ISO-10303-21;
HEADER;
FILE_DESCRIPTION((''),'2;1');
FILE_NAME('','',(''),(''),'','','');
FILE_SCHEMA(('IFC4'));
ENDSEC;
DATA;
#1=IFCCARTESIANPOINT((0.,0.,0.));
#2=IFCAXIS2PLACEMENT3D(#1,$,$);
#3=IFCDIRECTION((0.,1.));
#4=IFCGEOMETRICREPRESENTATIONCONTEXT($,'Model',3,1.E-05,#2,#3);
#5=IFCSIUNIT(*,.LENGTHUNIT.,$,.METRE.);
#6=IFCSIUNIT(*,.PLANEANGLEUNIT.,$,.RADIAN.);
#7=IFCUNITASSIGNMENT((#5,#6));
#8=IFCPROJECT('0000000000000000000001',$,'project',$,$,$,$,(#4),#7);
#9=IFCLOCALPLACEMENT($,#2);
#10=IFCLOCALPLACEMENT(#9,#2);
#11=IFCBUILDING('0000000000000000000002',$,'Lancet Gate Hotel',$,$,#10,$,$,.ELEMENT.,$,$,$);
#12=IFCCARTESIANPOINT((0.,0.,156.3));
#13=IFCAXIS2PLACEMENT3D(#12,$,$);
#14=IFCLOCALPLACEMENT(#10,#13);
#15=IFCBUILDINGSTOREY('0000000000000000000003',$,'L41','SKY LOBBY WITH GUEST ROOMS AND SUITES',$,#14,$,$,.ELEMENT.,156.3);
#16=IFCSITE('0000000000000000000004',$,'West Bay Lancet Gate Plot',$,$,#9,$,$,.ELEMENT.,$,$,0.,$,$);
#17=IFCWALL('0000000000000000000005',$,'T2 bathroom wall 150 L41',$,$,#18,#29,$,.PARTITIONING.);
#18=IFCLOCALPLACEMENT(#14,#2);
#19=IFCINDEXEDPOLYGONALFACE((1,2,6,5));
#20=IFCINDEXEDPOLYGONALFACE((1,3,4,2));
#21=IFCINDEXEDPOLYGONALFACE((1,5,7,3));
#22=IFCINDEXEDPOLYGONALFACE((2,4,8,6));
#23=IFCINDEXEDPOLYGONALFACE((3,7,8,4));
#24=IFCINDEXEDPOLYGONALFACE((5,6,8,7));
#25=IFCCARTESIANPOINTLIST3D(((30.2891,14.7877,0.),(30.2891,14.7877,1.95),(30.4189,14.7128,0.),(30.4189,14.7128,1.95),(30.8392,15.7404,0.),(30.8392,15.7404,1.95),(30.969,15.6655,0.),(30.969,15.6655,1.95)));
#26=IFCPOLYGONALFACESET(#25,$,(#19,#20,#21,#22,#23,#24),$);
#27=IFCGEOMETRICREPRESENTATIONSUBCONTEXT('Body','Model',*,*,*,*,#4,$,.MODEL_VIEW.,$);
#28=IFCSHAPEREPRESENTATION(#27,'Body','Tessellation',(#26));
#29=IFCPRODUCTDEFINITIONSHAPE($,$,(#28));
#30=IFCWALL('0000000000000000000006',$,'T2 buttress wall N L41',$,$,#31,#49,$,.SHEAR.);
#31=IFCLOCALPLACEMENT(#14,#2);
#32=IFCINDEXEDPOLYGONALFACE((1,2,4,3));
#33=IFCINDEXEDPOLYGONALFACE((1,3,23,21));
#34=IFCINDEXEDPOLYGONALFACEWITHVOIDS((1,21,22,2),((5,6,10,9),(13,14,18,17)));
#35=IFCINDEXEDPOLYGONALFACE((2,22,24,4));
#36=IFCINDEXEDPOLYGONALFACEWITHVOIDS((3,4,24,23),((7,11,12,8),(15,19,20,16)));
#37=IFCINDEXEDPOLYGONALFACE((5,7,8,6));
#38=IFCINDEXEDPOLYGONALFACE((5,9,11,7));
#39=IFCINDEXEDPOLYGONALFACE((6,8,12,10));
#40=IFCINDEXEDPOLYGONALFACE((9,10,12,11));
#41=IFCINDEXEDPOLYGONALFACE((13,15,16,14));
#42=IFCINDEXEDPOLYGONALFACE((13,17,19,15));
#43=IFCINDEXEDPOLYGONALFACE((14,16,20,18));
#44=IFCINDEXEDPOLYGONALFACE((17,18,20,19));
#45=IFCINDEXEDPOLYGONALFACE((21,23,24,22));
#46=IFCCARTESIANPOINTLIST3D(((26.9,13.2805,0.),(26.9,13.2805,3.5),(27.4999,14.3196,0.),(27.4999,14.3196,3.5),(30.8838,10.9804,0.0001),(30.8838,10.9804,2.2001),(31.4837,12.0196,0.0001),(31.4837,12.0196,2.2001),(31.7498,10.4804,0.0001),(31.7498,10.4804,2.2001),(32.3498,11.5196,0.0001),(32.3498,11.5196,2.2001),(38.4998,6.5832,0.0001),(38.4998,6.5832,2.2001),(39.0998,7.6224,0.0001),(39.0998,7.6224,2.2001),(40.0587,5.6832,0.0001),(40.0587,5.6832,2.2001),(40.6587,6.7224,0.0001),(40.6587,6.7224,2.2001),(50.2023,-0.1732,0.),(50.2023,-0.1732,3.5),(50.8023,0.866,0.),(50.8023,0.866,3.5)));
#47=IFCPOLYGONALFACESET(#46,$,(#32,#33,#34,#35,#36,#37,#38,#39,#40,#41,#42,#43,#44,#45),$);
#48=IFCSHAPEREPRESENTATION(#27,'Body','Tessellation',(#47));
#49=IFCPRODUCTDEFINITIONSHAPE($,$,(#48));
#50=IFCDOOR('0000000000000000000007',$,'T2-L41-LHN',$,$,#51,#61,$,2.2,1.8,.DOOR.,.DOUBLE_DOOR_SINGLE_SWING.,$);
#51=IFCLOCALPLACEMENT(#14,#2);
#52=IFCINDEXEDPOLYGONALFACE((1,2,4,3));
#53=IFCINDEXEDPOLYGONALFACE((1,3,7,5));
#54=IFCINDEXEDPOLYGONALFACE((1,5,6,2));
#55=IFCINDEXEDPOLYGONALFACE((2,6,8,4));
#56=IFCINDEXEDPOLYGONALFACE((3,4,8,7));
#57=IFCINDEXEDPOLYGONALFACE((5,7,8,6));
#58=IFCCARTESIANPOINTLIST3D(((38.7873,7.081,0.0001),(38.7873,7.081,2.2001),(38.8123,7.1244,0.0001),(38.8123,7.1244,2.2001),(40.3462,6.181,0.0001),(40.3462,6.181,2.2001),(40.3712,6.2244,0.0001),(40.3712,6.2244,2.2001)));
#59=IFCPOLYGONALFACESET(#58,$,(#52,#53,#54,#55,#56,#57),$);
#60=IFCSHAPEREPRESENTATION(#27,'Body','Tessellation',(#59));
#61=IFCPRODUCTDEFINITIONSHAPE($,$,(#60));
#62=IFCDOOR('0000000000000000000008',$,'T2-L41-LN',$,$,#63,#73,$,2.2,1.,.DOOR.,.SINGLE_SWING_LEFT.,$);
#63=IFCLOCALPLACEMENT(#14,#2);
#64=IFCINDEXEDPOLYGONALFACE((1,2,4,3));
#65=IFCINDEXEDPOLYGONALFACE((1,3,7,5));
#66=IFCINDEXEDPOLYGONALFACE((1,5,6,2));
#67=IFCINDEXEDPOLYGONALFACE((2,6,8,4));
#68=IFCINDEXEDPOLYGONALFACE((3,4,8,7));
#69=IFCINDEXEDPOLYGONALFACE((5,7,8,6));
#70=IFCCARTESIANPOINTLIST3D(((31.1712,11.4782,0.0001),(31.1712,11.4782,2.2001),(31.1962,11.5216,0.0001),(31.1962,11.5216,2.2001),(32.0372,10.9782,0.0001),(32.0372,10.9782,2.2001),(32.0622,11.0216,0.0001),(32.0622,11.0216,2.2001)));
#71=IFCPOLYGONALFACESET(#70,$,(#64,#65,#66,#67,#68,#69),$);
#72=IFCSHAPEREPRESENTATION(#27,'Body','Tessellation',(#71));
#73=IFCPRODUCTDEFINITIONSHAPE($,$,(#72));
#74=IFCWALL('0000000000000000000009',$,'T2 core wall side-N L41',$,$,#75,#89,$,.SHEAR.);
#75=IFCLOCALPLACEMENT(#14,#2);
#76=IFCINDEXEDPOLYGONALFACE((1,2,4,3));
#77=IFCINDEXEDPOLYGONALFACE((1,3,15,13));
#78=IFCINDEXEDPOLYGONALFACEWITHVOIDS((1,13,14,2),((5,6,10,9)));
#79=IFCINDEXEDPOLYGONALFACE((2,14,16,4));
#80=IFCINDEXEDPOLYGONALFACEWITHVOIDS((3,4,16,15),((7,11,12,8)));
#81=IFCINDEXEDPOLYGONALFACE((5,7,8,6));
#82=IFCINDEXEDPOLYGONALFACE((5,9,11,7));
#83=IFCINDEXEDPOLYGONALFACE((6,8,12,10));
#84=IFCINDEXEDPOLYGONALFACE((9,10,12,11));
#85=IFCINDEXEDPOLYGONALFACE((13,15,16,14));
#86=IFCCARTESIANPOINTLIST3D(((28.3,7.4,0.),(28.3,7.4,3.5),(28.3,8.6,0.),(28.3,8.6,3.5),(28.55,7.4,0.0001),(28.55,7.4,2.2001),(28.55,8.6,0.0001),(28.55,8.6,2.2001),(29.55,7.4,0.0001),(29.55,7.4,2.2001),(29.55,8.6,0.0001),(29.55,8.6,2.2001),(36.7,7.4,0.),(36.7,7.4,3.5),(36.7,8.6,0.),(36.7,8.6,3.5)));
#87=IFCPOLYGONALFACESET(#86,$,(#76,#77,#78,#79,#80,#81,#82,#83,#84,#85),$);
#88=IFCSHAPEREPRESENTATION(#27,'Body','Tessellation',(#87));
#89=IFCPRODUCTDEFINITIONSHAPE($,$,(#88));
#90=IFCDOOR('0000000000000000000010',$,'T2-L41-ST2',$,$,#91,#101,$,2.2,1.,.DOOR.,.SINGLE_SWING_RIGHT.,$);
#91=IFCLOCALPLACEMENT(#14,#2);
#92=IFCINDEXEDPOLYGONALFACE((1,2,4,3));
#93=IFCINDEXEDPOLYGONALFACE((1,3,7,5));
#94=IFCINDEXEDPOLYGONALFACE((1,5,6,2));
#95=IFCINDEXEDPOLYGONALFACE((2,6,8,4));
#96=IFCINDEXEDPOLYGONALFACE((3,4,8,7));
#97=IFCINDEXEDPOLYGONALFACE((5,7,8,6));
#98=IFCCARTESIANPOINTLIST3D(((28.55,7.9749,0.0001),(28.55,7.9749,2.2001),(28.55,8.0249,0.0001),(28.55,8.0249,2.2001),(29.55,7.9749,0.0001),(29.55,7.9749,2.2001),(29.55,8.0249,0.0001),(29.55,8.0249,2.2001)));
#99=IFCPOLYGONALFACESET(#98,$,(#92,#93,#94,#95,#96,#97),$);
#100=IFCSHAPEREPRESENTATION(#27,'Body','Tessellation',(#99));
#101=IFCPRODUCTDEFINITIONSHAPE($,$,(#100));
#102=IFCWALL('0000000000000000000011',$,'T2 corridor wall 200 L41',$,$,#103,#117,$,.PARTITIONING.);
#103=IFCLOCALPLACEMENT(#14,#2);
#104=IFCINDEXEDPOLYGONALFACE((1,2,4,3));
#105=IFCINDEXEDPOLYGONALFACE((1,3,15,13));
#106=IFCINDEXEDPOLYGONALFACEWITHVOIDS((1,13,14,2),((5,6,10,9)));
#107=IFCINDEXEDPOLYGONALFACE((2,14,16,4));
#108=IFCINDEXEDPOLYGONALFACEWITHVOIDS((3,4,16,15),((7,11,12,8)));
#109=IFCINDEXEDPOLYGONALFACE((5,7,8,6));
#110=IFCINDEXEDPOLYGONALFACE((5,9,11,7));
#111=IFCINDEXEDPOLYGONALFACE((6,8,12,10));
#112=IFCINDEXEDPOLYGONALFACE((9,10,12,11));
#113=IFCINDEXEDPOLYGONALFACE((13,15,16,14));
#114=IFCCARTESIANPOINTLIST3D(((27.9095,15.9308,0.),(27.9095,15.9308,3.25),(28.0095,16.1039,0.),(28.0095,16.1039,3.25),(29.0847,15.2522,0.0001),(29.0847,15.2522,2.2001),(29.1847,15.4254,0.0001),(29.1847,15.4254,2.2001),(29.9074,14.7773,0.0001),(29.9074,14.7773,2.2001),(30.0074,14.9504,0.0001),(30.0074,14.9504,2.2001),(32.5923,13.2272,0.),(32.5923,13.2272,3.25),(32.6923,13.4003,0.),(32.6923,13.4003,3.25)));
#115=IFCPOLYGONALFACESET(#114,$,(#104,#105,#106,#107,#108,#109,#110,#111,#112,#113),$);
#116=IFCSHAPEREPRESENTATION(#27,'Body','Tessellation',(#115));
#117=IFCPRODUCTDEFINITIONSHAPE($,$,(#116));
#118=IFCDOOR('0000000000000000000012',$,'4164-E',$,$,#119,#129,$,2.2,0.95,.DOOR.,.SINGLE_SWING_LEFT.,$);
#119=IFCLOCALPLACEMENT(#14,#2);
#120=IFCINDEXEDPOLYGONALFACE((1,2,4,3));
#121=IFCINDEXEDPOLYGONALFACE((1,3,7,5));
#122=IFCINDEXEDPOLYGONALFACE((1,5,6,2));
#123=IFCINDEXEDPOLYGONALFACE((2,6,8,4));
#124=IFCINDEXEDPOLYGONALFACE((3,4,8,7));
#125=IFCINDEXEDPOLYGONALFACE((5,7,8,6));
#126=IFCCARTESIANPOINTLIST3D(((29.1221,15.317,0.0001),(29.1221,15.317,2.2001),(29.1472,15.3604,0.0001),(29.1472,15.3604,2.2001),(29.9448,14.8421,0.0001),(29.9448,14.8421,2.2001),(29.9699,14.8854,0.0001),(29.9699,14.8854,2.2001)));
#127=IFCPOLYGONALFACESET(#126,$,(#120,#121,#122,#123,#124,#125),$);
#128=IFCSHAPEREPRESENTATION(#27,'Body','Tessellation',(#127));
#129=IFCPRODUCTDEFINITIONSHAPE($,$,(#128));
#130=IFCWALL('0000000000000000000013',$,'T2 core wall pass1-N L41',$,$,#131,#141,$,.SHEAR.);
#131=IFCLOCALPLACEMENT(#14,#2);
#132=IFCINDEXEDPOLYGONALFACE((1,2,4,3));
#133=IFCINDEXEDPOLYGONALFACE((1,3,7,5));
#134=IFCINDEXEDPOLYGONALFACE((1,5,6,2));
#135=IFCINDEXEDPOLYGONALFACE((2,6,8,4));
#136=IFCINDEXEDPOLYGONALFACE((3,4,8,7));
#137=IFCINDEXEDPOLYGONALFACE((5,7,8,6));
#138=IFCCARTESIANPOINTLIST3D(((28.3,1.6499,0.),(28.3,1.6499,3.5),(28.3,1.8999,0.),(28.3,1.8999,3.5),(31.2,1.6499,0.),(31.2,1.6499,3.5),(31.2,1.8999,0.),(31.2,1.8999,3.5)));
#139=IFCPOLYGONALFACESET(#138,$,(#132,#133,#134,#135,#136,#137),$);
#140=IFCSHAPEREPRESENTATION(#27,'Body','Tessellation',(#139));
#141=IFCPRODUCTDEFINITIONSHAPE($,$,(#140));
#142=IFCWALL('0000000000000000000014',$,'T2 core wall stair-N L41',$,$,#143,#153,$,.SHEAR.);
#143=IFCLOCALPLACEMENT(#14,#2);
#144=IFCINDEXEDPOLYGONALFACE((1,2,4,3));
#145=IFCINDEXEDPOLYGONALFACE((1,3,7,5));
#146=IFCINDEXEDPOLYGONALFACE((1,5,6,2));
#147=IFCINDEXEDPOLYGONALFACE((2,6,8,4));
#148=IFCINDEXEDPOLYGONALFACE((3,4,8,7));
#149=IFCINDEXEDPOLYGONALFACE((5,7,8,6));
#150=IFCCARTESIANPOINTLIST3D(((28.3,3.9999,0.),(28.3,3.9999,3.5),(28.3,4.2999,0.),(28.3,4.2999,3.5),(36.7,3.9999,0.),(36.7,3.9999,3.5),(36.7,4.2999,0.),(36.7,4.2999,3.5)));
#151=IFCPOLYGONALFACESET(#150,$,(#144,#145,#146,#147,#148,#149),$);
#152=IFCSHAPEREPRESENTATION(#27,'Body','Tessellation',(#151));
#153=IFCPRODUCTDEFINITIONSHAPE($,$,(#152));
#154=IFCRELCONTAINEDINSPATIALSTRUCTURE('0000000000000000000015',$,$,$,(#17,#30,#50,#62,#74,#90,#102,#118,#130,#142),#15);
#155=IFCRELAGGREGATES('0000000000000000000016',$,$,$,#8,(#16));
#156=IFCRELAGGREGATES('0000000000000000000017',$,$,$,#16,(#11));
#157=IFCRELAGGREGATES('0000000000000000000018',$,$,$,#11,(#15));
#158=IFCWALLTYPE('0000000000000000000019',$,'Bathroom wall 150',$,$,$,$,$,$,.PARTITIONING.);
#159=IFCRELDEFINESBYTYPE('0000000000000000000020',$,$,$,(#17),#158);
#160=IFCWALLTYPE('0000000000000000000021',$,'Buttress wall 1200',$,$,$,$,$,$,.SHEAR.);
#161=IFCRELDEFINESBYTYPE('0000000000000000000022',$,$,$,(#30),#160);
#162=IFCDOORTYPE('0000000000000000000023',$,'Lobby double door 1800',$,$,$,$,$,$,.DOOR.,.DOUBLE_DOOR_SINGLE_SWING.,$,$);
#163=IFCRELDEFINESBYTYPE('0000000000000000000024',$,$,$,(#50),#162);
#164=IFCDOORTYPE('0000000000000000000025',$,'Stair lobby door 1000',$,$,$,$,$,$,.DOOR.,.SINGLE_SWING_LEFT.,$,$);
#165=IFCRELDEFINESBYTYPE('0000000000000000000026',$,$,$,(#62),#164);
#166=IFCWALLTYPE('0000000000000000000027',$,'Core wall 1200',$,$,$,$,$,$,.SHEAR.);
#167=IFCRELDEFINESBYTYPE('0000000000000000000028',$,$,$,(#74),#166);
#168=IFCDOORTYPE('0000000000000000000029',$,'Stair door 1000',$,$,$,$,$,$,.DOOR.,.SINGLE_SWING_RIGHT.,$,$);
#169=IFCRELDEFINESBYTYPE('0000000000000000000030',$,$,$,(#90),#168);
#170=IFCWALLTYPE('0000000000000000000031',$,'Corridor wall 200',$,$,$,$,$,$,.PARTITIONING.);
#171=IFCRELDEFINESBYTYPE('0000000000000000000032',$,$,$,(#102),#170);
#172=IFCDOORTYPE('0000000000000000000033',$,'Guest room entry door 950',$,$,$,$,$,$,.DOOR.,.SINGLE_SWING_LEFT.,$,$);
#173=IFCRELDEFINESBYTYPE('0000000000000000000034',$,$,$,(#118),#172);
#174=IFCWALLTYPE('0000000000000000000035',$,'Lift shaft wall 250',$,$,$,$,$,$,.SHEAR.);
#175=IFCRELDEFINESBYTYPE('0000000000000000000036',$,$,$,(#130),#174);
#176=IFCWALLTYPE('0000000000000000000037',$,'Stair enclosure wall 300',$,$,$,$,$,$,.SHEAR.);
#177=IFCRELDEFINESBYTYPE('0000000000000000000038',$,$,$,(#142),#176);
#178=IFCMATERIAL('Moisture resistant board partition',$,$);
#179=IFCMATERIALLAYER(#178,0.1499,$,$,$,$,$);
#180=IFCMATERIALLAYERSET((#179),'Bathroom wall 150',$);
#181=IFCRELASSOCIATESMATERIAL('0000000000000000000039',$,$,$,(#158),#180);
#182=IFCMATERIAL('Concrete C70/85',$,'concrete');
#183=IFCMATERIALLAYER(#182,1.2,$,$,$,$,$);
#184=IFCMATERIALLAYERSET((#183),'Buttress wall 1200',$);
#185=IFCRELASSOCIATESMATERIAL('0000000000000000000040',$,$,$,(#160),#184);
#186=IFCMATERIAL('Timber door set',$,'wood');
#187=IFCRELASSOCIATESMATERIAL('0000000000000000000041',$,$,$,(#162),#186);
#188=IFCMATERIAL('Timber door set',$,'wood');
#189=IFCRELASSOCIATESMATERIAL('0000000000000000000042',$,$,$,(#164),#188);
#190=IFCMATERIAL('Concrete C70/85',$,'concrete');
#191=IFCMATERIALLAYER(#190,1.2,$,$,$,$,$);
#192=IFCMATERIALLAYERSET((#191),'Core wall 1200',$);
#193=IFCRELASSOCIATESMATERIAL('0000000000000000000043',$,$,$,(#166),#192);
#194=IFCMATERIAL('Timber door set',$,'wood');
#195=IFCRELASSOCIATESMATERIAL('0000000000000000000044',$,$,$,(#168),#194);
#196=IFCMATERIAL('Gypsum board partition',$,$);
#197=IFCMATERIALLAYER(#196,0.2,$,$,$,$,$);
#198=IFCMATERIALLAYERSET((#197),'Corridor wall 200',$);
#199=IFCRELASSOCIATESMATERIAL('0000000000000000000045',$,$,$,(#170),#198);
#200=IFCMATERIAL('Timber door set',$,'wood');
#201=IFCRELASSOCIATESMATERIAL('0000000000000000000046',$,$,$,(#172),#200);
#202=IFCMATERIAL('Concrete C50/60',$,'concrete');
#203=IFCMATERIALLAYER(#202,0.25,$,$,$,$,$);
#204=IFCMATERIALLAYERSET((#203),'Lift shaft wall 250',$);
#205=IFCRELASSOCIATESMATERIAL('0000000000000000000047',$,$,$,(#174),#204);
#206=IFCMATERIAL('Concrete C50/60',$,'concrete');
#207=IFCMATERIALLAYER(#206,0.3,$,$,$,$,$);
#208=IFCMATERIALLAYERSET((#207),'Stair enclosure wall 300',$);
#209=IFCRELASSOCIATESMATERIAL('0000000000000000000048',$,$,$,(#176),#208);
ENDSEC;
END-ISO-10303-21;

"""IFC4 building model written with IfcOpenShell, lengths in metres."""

from ifc_helpers import new_model, si_unit, direction, frame, frame_2d, origin, place, context, subcontext, project, spatial, rectangle, extrude, material, layer, layer_set, type_object, element, fill, save


model = new_model("IFC4")

# Units and contexts
model_context = context("Model", 3, precision=1e-05, world=origin(), true_north=direction((0.0, 1.0)))
body_context = subcontext(model_context, "Body", "Model", "MODEL_VIEW")
ifc_project = project(units=[si_unit("LENGTHUNIT", "METRE"), si_unit("PLANEANGLEUNIT", "RADIAN")], contexts=[model_context])

# Site, building, storey
site_placement = place(None, origin())
site = spatial("IfcSite", under=ifc_project, at=site_placement, Name="West Bay Lancet Gate Plot", CompositionType="ELEMENT", RefElevation=0.0)
building_placement = place(site_placement, origin())
building = spatial("IfcBuilding", under=site, at=building_placement, Name="Lancet Gate Hotel", CompositionType="ELEMENT")
storey_placement = place(building_placement, frame((0.0, 0.0, 156.3)))
storey = spatial("IfcBuildingStorey", under=building, at=storey_placement, Name="L41", Description="SKY LOBBY WITH GUEST ROOMS AND SUITES", CompositionType="ELEMENT", Elevation=156.3)

# Wall
ifc_material_1 = material(Name="Moisture resistant board partition")
ifc_layer_1 = layer(ifc_material_1, 0.1499)
ifc_layer_set_1 = layer_set([ifc_layer_1], Name="Bathroom wall 150")
wall_type_1 = type_object("IfcWallType", Name="Bathroom wall 150", PredefinedType="PARTITIONING", material=ifc_layer_set_1)
wall_1_placement = place(storey_placement, frame((30.354, 14.7502, 0.0), z_axis=(0.0, 0.0, 1.0), x_axis=(0.50003, 0.866008, 0.0)))
element("IfcWall", 1, at=wall_1_placement, inside=storey, type_object=wall_type_1, Name="T2 bathroom wall 150 L41", PredefinedType="PARTITIONING", context=body_context, shape_type="SweptSolid", body=[
    extrude(rectangle(XDim=1.1001, YDim=0.1499, at=frame_2d((0.55, 0.0))), origin(), (0.0, 0.0, 1.0), 1.95),
])

# Wall, openings, doors
ifc_material_2 = material(Name="Concrete C70/85", Category="concrete")
ifc_layer_2 = layer(ifc_material_2, 1.2)
ifc_layer_set_2 = layer_set([ifc_layer_2], Name="Buttress wall 1200")
wall_type_2 = type_object("IfcWallType", Name="Buttress wall 1200", PredefinedType="SHEAR", material=ifc_layer_set_2)
wall_2_placement = place(storey_placement, frame((27.2, 13.8, 0.0), z_axis=(0.0, 0.0, 1.0), x_axis=(0.866025, -0.500002, 0.0)))
wall_2 = element("IfcWall", 2, at=wall_2_placement, inside=storey, type_object=wall_type_2, Name="T2 buttress wall N L41", PredefinedType="SHEAR", context=body_context, shape_type="SweptSolid", body=[
    extrude(rectangle(XDim=26.9072, YDim=1.2, at=frame_2d((13.4536, 0.0))), origin(), (0.0, 0.0, 1.0), 3.5),
])
opening_1_placement = place(wall_2_placement, frame((4.6001, 0.0, 0.0)))
opening_1 = element("IfcOpeningElement", 3, at=opening_1_placement, cuts=wall_2, PredefinedType="OPENING", context=body_context, shape_type="SweptSolid", body=[
    extrude(rectangle(XDim=1.0, YDim=2.2, at=frame_2d((0.5, 1.1001))), frame((0.0, 0.6099, 0.0), z_axis=(0.0, -1.0, 0.0), x_axis=(1.0, 0.0, 0.0)), (0.0, 0.0, 1.0), 1.22),
])
opening_2_placement = place(wall_2_placement, frame((13.3945, 0.0, 0.0)))
opening_2 = element("IfcOpeningElement", 4, at=opening_2_placement, cuts=wall_2, PredefinedType="OPENING", context=body_context, shape_type="SweptSolid", body=[
    extrude(rectangle(XDim=1.8, YDim=2.2, at=frame_2d((0.8999, 1.1001))), frame((0.0, 0.6099, 0.0), z_axis=(0.0, -1.0, 0.0), x_axis=(1.0, 0.0, 0.0)), (0.0, 0.0, 1.0), 1.22),
])
ifc_material_3 = material(Name="Timber door set", Category="wood")
door_type_1 = type_object("IfcDoorType", Name="Lobby double door 1800", OperationType="DOUBLE_DOOR_SINGLE_SWING", PredefinedType="DOOR", material=ifc_material_3)
door_1_placement = place(opening_2_placement, origin())
door_1 = element("IfcDoor", 5, at=door_1_placement, inside=storey, type_object=door_type_1, Name="T2-L41-LHN", OperationType="DOUBLE_DOOR_SINGLE_SWING", OverallHeight=2.2, OverallWidth=1.8, PredefinedType="DOOR", context=body_context, shape_type="SweptSolid", body=[
    extrude(rectangle(XDim=1.8, YDim=2.2, at=frame_2d((0.8999, 1.1001))), frame((0.0, 0.0249, 0.0), z_axis=(0.0, -1.0, 0.0), x_axis=(1.0, 0.0, 0.0)), (0.0, 0.0, 1.0), 0.05),
])
fill(opening_2, door_1)
ifc_material_4 = material(Name="Timber door set", Category="wood")
door_type_2 = type_object("IfcDoorType", Name="Stair lobby door 1000", OperationType="SINGLE_SWING_LEFT", PredefinedType="DOOR", material=ifc_material_4)
door_2_placement = place(opening_1_placement, origin())
door_2 = element("IfcDoor", 6, at=door_2_placement, inside=storey, type_object=door_type_2, Name="T2-L41-LN", OperationType="SINGLE_SWING_LEFT", OverallHeight=2.2, OverallWidth=1.0, PredefinedType="DOOR", context=body_context, shape_type="SweptSolid", body=[
    extrude(rectangle(XDim=1.0, YDim=2.2, at=frame_2d((0.5, 1.1001))), frame((0.0, 0.0249, 0.0), z_axis=(0.0, -1.0, 0.0), x_axis=(1.0, 0.0, 0.0)), (0.0, 0.0, 1.0), 0.05),
])
fill(opening_1, door_2)

# Walls, openings, doors
ifc_material_5 = material(Name="Concrete C70/85", Category="concrete")
ifc_layer_3 = layer(ifc_material_5, 1.2)
ifc_layer_set_3 = layer_set([ifc_layer_3], Name="Core wall 1200")
wall_type_3 = type_object("IfcWallType", Name="Core wall 1200", PredefinedType="SHEAR", material=ifc_layer_set_3)
wall_3_placement = place(storey_placement, frame((28.3, 8.0, 0.0), z_axis=(0.0, 0.0, 1.0), x_axis=(1.0, 0.0, 0.0)))
wall_3 = element("IfcWall", 7, at=wall_3_placement, inside=storey, type_object=wall_type_3, Name="T2 core wall side-N L41", PredefinedType="SHEAR", context=body_context, shape_type="SweptSolid", body=[
    extrude(rectangle(XDim=8.3999, YDim=1.2, at=frame_2d((4.2, 0.0))), origin(), (0.0, 0.0, 1.0), 3.5),
])
opening_3_placement = place(wall_3_placement, frame((0.25, 0.0, 0.0)))
opening_3 = element("IfcOpeningElement", 8, at=opening_3_placement, cuts=wall_3, PredefinedType="OPENING", context=body_context, shape_type="SweptSolid", body=[
    extrude(rectangle(XDim=1.0, YDim=2.2, at=frame_2d((0.5, 1.1001))), frame((0.0, 0.6099, 0.0), z_axis=(0.0, -1.0, 0.0), x_axis=(1.0, 0.0, 0.0)), (0.0, 0.0, 1.0), 1.22),
])
ifc_material_6 = material(Name="Timber door set", Category="wood")
door_type_3 = type_object("IfcDoorType", Name="Stair door 1000", OperationType="SINGLE_SWING_RIGHT", PredefinedType="DOOR", material=ifc_material_6)
door_3_placement = place(opening_3_placement, origin())
door_3 = element("IfcDoor", 9, at=door_3_placement, inside=storey, type_object=door_type_3, Name="T2-L41-ST2", OperationType="SINGLE_SWING_RIGHT", OverallHeight=2.2, OverallWidth=1.0, PredefinedType="DOOR", context=body_context, shape_type="SweptSolid", body=[
    extrude(rectangle(XDim=1.0, YDim=2.2, at=frame_2d((0.5, 1.1001))), frame((0.0, 0.0249, 0.0), z_axis=(0.0, -1.0, 0.0), x_axis=(1.0, 0.0, 0.0)), (0.0, 0.0, 1.0), 0.05),
])
fill(opening_3, door_3)
ifc_material_7 = material(Name="Gypsum board partition")
ifc_layer_4 = layer(ifc_material_7, 0.2)
ifc_layer_set_4 = layer_set([ifc_layer_4], Name="Corridor wall 200")
wall_type_4 = type_object("IfcWallType", Name="Corridor wall 200", PredefinedType="PARTITIONING", material=ifc_layer_set_4)
wall_4_placement = place(storey_placement, frame((27.9595, 16.0173, 0.0), z_axis=(0.0, 0.0, 1.0), x_axis=(0.866028, -0.499995, 0.0)))
wall_4 = element("IfcWall", 10, at=wall_4_placement, inside=storey, type_object=wall_type_4, Name="T2 corridor wall 200 L41", PredefinedType="PARTITIONING", context=body_context, shape_type="SweptSolid", body=[
    extrude(rectangle(XDim=5.4072, YDim=0.2, at=frame_2d((2.7036, 0.0))), origin(), (0.0, 0.0, 1.0), 3.25),
])
opening_4_placement = place(wall_4_placement, frame((1.3569, 0.0, 0.0)))
opening_4 = element("IfcOpeningElement", 11, at=opening_4_placement, cuts=wall_4, PredefinedType="OPENING", context=body_context, shape_type="SweptSolid", body=[
    extrude(rectangle(XDim=0.95, YDim=2.2, at=frame_2d((0.4751, 1.1001))), frame((0.0, 0.1099, 0.0), z_axis=(0.0, -1.0, 0.0), x_axis=(1.0, 0.0, 0.0)), (0.0, 0.0, 1.0), 0.22),
])
ifc_material_8 = material(Name="Timber door set", Category="wood")
door_type_4 = type_object("IfcDoorType", Name="Guest room entry door 950", OperationType="SINGLE_SWING_LEFT", PredefinedType="DOOR", material=ifc_material_8)
door_4_placement = place(opening_4_placement, origin())
door_4 = element("IfcDoor", 12, at=door_4_placement, inside=storey, type_object=door_type_4, Name="4164-E", OperationType="SINGLE_SWING_LEFT", OverallHeight=2.2, OverallWidth=0.95, PredefinedType="DOOR", context=body_context, shape_type="SweptSolid", body=[
    extrude(rectangle(XDim=0.95, YDim=2.2, at=frame_2d((0.4751, 1.1001))), frame((0.0, 0.0249, 0.0), z_axis=(0.0, -1.0, 0.0), x_axis=(1.0, 0.0, 0.0)), (0.0, 0.0, 1.0), 0.05),
])
fill(opening_4, door_4)

# Walls
ifc_material_9 = material(Name="Concrete C50/60", Category="concrete")
ifc_layer_5 = layer(ifc_material_9, 0.25)
ifc_layer_set_5 = layer_set([ifc_layer_5], Name="Lift shaft wall 250")
wall_type_5 = type_object("IfcWallType", Name="Lift shaft wall 250", PredefinedType="SHEAR", material=ifc_layer_set_5)
wall_5_placement = place(storey_placement, frame((28.3, 1.7749, 0.0), z_axis=(0.0, 0.0, 1.0), x_axis=(1.0, 0.0, 0.0)))
element("IfcWall", 13, at=wall_5_placement, inside=storey, type_object=wall_type_5, Name="T2 core wall pass1-N L41", PredefinedType="SHEAR", context=body_context, shape_type="SweptSolid", body=[
    extrude(rectangle(XDim=2.8999, YDim=0.25, at=frame_2d((1.45, 0.0))), origin(), (0.0, 0.0, 1.0), 3.5),
])
ifc_material_10 = material(Name="Concrete C50/60", Category="concrete")
ifc_layer_6 = layer(ifc_material_10, 0.3)
ifc_layer_set_6 = layer_set([ifc_layer_6], Name="Stair enclosure wall 300")
wall_type_6 = type_object("IfcWallType", Name="Stair enclosure wall 300", PredefinedType="SHEAR", material=ifc_layer_set_6)
wall_6_placement = place(storey_placement, frame((28.3, 4.1499, 0.0), z_axis=(0.0, 0.0, 1.0), x_axis=(1.0, 0.0, 0.0)))
element("IfcWall", 14, at=wall_6_placement, inside=storey, type_object=wall_type_6, Name="T2 core wall stair-N L41", PredefinedType="SHEAR", context=body_context, shape_type="SweptSolid", body=[
    extrude(rectangle(XDim=8.3999, YDim=0.3, at=frame_2d((4.2, 0.0))), origin(), (0.0, 0.0, 1.0), 3.5),
])

save(model, "model.ifc")
